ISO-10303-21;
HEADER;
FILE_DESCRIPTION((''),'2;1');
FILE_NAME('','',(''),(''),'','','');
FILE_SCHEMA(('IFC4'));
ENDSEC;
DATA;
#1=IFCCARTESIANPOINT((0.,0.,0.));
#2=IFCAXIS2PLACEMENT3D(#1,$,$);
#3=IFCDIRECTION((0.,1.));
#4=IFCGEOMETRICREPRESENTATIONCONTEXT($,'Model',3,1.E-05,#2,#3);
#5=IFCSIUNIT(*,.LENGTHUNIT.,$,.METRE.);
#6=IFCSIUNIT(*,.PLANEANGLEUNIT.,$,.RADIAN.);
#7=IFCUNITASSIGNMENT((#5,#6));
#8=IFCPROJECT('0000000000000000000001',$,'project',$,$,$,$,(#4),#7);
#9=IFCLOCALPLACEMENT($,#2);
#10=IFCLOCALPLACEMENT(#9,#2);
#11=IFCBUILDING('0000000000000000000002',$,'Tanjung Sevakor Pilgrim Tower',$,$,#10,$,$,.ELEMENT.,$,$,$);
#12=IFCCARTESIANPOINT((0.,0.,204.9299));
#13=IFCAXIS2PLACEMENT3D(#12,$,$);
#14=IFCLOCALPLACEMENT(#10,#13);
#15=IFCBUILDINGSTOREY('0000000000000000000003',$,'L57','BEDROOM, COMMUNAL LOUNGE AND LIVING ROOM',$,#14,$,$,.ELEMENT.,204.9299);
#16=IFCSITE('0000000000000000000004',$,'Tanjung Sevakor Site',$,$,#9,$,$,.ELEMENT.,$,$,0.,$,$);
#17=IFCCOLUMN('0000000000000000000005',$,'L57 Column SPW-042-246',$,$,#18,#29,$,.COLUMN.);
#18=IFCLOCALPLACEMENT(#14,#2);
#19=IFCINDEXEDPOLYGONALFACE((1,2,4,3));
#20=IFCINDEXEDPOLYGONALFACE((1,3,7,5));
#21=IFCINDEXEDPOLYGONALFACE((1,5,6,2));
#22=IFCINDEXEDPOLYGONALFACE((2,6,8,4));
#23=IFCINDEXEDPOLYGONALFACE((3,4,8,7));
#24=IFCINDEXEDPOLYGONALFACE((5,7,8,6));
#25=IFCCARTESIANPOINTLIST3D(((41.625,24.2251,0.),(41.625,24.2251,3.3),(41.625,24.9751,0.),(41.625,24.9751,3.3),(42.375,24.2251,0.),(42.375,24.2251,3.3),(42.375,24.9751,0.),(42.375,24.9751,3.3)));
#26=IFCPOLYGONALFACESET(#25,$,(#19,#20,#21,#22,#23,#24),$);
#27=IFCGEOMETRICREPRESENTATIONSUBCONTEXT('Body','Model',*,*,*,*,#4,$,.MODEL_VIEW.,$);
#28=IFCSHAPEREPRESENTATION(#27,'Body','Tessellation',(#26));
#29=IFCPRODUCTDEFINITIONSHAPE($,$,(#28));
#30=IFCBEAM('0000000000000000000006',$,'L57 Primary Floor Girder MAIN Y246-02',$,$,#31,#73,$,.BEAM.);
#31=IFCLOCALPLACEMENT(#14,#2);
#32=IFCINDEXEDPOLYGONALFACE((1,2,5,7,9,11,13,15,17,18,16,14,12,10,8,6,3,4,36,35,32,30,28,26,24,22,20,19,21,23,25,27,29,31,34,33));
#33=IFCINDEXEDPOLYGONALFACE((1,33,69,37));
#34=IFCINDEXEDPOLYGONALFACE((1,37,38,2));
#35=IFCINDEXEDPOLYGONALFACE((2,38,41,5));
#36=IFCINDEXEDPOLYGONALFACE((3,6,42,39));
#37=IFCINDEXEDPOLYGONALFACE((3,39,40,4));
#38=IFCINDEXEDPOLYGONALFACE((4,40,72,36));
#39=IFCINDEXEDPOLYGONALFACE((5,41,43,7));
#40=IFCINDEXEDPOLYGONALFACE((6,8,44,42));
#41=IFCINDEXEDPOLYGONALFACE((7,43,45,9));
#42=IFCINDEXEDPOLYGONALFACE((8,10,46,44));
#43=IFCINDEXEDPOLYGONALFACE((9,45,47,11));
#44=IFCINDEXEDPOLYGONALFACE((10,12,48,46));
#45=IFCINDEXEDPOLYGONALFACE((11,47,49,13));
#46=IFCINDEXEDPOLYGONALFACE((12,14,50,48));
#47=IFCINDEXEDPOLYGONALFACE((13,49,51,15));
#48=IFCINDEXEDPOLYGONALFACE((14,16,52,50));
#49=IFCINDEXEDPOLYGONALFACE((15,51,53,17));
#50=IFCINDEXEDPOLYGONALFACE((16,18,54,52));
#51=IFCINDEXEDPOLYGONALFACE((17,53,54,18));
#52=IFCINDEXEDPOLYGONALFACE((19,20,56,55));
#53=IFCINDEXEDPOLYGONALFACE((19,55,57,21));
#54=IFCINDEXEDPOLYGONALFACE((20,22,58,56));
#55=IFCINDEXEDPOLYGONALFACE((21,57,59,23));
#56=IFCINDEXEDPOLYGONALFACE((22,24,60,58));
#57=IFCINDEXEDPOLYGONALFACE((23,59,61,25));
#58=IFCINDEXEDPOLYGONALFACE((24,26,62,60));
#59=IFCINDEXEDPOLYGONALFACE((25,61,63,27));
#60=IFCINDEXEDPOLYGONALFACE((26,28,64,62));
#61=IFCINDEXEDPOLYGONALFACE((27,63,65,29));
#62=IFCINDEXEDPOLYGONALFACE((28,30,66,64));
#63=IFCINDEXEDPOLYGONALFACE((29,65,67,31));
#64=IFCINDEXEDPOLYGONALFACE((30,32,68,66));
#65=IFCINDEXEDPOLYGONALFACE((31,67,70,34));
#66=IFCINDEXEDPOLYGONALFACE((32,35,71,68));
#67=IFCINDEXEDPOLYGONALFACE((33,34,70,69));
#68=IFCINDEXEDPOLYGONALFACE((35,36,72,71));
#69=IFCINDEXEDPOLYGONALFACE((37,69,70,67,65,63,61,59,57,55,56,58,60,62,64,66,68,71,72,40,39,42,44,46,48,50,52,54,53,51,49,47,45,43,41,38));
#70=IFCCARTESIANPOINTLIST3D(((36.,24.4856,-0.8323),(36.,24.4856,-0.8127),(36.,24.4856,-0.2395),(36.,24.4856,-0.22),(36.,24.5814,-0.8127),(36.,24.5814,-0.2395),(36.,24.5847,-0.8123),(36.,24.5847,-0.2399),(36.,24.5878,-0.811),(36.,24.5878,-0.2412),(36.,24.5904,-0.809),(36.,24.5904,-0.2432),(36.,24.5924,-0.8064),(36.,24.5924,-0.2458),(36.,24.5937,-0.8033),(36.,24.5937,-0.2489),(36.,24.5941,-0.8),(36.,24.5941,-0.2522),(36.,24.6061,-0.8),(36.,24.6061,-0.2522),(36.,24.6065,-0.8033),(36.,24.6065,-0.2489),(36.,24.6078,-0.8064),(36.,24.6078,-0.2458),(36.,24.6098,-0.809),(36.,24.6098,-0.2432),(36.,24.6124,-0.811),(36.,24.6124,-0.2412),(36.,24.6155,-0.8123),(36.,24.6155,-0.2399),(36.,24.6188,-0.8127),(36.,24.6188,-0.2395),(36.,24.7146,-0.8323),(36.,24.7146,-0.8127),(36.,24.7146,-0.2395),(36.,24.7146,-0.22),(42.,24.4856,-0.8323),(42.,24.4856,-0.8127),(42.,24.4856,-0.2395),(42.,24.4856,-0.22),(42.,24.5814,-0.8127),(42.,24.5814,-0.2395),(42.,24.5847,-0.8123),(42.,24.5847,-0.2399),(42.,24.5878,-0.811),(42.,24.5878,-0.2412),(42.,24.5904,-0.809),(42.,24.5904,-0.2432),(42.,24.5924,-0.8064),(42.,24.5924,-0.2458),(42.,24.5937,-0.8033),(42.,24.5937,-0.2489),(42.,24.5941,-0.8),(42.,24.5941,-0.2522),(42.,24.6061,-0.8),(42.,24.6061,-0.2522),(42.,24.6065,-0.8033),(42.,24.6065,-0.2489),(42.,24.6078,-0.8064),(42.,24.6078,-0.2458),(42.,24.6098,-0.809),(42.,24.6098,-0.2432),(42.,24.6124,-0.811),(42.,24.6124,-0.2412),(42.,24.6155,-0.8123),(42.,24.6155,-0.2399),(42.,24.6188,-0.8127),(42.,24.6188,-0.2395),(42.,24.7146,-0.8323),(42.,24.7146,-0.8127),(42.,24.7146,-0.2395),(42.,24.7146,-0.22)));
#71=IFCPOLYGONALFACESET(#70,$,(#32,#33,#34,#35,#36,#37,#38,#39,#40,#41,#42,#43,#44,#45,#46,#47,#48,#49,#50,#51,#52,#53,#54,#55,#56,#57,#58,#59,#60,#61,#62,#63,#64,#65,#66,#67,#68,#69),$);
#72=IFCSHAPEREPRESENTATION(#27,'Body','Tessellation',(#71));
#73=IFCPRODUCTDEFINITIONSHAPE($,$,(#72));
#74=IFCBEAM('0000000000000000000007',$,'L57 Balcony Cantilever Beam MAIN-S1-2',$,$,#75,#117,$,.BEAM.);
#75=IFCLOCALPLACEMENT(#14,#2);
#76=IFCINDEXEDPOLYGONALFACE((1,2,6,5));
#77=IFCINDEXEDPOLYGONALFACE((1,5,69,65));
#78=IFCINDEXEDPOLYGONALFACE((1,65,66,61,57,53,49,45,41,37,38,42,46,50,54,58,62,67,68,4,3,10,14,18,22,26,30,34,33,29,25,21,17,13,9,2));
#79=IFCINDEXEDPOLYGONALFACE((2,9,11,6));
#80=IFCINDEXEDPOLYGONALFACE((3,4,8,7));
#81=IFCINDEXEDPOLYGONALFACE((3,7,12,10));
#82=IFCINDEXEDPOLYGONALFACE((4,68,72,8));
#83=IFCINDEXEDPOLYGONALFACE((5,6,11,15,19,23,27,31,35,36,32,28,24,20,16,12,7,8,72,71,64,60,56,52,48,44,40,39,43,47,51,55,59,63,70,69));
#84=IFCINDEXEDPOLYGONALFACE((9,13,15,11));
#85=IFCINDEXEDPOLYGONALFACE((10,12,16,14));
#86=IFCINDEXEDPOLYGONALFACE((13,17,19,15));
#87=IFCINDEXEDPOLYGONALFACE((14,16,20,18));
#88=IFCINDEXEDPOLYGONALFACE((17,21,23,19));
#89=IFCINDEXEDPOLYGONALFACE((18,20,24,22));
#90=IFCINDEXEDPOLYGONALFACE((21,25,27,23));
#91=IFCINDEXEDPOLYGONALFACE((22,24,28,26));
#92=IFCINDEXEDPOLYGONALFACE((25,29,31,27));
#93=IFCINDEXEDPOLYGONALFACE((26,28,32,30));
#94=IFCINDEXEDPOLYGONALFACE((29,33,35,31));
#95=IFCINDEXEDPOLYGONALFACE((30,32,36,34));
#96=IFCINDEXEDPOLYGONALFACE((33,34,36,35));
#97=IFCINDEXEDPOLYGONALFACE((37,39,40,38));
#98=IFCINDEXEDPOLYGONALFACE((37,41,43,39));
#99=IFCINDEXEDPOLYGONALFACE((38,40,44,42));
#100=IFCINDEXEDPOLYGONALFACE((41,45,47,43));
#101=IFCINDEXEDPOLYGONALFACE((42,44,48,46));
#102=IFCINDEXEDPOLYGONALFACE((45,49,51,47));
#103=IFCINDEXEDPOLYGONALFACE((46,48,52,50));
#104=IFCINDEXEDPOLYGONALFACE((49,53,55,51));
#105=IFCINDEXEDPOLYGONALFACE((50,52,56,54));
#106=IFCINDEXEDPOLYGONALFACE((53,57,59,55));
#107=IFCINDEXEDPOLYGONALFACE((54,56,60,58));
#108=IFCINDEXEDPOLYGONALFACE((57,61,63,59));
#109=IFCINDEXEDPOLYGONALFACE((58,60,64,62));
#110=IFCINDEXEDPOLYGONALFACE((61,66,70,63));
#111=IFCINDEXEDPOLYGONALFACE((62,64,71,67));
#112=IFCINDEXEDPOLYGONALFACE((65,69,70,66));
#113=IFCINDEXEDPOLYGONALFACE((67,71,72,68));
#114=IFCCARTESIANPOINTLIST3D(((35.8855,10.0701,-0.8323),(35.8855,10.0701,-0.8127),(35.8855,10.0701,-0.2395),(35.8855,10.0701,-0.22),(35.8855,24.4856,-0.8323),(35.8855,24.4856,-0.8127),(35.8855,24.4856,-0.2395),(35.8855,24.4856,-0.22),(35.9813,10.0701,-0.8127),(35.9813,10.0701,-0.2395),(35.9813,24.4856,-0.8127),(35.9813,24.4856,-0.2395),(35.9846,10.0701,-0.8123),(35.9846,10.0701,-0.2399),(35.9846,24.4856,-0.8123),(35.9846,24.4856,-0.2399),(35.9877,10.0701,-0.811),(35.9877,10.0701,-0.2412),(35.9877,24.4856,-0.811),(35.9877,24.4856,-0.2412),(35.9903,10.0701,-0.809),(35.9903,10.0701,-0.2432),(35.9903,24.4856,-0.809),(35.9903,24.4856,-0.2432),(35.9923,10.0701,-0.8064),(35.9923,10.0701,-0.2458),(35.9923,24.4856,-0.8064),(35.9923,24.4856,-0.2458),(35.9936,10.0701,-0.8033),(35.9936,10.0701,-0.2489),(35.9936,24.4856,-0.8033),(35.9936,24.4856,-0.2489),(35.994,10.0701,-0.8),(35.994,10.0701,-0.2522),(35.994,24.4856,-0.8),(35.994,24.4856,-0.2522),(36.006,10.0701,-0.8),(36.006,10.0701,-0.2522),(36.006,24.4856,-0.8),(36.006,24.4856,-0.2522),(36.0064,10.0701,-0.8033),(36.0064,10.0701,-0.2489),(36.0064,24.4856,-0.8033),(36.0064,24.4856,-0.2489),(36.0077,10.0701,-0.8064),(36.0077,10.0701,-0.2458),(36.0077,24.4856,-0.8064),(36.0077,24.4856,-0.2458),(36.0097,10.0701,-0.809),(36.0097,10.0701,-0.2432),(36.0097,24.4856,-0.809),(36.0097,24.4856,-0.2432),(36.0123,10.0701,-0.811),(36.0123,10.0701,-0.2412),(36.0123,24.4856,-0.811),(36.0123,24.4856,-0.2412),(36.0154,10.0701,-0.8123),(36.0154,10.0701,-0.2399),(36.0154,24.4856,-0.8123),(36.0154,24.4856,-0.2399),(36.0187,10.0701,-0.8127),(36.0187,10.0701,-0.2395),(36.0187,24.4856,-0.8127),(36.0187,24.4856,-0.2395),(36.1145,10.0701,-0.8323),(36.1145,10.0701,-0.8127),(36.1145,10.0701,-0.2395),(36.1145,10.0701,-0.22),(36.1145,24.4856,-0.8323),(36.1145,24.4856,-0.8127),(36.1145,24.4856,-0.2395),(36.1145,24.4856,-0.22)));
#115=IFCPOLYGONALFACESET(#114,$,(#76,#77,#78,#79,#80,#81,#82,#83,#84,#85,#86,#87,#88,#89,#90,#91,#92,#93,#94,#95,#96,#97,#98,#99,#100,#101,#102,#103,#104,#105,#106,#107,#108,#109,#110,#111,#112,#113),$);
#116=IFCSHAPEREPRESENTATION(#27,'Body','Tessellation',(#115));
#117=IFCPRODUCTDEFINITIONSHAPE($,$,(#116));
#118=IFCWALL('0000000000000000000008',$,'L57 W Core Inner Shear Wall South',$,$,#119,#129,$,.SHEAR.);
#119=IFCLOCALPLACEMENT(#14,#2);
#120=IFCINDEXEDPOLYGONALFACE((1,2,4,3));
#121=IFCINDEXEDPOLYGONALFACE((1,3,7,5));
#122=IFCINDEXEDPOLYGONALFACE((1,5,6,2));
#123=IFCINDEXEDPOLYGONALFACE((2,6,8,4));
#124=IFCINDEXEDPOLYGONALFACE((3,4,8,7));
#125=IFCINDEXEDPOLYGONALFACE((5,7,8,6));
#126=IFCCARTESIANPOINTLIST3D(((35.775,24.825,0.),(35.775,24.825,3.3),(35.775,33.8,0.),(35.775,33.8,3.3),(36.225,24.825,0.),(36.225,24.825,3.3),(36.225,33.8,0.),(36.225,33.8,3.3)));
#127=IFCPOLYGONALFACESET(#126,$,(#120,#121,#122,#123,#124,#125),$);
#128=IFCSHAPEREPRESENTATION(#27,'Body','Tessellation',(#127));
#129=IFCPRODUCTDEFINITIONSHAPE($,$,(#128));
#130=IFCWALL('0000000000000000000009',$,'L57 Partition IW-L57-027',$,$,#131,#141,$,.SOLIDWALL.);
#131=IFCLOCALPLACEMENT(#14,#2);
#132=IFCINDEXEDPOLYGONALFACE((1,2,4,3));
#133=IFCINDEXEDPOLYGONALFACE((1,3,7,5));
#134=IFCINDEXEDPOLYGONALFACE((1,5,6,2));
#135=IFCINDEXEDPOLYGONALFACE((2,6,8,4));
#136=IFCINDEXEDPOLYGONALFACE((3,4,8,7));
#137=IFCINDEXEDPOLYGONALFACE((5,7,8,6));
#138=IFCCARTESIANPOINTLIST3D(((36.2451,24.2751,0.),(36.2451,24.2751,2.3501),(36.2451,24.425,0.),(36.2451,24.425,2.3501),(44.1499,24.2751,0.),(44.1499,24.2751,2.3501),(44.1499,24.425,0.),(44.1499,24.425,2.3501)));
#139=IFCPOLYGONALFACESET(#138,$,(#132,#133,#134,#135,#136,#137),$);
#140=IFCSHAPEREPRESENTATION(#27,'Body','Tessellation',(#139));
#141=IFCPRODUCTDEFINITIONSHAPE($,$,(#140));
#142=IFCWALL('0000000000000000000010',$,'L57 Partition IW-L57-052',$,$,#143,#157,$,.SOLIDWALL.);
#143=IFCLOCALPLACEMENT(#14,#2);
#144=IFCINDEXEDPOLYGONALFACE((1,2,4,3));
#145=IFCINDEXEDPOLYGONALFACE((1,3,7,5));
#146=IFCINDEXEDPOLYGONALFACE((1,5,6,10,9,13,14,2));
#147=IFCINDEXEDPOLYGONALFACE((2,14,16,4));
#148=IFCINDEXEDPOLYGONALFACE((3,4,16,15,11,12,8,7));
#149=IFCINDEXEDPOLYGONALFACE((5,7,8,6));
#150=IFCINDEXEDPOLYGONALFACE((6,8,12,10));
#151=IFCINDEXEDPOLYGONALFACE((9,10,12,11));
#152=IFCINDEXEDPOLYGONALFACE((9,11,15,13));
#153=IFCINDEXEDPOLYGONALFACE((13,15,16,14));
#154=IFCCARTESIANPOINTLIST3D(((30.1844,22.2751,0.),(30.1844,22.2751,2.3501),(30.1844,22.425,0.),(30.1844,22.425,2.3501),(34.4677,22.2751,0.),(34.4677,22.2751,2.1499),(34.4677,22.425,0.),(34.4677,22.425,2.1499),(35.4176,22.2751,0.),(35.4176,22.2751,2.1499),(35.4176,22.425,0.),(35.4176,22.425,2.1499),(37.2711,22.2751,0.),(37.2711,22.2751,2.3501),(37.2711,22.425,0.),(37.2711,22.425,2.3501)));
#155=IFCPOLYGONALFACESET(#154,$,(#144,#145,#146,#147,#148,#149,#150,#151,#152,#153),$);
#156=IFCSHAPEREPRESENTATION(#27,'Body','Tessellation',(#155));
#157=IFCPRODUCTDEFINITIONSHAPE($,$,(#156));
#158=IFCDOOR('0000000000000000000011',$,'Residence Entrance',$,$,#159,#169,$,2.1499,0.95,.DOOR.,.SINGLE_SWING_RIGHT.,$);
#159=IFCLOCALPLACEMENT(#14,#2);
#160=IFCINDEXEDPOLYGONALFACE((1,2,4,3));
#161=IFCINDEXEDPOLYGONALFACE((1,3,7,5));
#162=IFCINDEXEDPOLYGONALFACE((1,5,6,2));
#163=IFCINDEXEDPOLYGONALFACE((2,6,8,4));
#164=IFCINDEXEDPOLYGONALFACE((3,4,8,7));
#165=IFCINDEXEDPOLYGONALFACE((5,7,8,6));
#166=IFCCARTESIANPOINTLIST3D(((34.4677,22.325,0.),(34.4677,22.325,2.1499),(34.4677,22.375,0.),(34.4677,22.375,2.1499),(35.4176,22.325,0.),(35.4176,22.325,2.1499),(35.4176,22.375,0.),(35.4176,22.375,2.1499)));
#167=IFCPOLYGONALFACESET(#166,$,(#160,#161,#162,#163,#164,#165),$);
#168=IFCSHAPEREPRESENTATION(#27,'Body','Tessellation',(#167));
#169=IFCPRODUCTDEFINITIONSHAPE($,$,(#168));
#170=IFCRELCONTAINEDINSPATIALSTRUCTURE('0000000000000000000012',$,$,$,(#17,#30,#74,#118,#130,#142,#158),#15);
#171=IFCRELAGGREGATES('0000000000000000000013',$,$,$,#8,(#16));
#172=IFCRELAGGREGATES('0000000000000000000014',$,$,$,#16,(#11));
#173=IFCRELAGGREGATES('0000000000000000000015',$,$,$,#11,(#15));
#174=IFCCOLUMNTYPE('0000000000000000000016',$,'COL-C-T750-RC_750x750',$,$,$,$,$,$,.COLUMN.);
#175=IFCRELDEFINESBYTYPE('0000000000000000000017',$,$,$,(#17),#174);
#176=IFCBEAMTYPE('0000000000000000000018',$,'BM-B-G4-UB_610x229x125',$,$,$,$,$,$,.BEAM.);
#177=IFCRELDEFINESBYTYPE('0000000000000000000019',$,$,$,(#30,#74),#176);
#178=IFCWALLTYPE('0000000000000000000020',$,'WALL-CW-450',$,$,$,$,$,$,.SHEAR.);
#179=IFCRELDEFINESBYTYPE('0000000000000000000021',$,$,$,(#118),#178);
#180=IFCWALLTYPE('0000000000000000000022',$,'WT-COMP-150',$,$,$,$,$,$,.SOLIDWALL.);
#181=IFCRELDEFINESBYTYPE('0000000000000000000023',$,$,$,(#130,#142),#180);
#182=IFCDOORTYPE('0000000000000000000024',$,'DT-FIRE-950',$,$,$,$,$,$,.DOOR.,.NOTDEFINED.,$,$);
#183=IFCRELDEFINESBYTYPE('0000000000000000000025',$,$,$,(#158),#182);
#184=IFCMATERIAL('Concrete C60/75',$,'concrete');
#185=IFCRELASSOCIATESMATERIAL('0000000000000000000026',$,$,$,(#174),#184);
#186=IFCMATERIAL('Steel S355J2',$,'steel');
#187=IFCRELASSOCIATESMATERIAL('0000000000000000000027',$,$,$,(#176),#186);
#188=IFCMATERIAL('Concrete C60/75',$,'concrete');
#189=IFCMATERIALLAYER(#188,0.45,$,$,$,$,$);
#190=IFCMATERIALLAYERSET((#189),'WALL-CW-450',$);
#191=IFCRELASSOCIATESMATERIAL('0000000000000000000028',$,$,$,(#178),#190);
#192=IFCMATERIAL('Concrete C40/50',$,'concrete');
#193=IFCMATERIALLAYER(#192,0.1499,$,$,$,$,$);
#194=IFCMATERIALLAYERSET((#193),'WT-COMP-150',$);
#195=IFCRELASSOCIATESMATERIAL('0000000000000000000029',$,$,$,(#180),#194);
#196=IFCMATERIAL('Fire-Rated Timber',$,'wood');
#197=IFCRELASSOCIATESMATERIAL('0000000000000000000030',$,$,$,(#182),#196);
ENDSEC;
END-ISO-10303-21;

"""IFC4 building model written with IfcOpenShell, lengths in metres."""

from ifc_helpers import new_model, si_unit, direction, frame, frame_2d, origin, origin_2d, place, context, subcontext, project, spatial, rectangle, i_section, extrude, material, layer, layer_set, material_profile, profile_set, type_object, element, fill, save


model = new_model("IFC4")

# Units and contexts
model_context = context("Model", 3, precision=1e-05, world=origin(), true_north=direction((0.0, 1.0)))
body_context = subcontext(model_context, "Body", "Model", "MODEL_VIEW")
ifc_project = project(units=[si_unit("LENGTHUNIT", "METRE"), si_unit("PLANEANGLEUNIT", "RADIAN")], contexts=[model_context])

# Site, building, storey
site_placement = place(None, origin())
site = spatial("IfcSite", under=ifc_project, at=site_placement, Name="Tanjung Sevakor Site", CompositionType="ELEMENT", RefElevation=0.0)
building_placement = place(site_placement, origin())
building = spatial("IfcBuilding", under=site, at=building_placement, Name="Tanjung Sevakor Pilgrim Tower", CompositionType="ELEMENT")
storey_placement = place(building_placement, frame((0.0, 0.0, 204.9299)))
storey = spatial("IfcBuildingStorey", under=building, at=storey_placement, Name="L57", Description="BEDROOM, COMMUNAL LOUNGE AND LIVING ROOM", CompositionType="ELEMENT", Elevation=204.9299)

# Column
ifc_material_1 = material(Name="Concrete C60/75", Category="concrete")
ifc_material_profile_1 = material_profile(ifc_material_1, rectangle(XDim=0.75, YDim=0.75, at=origin_2d()))
ifc_profile_set_1 = profile_set([ifc_material_profile_1], Name="Concrete C60/75")
column_type = type_object("IfcColumnType", Name="COL-C-T750-RC_750x750", PredefinedType="COLUMN", material=ifc_profile_set_1)
column_placement = place(storey_placement, frame((42.0, 24.6001, 0.0), z_axis=(0.0, 0.0, 1.0), x_axis=(1.0, 0.0, 0.0)))
element("IfcColumn", 1, at=column_placement, inside=storey, type_object=column_type, Name="L57 Column SPW-042-246", PredefinedType="COLUMN", context=body_context, shape_type="SweptSolid", body=[
    extrude(rectangle(XDim=0.75, YDim=0.75, at=origin_2d()), origin(), (0.0, 0.0, 1.0), 3.3),
])

# Beams
ifc_material_2 = material(Name="Steel S355J2", Category="steel")
ifc_material_profile_2 = material_profile(ifc_material_2, i_section(OverallWidth=0.229, OverallDepth=0.6123, WebThickness=0.012, FlangeThickness=0.0195, FilletRadius=0.0127, at=origin_2d()))
ifc_profile_set_2 = profile_set([ifc_material_profile_2], Name="Steel S355J2")
beam_type = type_object("IfcBeamType", Name="BM-B-G4-UB_610x229x125", PredefinedType="BEAM", material=ifc_profile_set_2)
beam_1_placement = place(storey_placement, frame((36.0, 24.6001, -0.5261), z_axis=(1.0, 0.0, 0.0), x_axis=(0.0, 1.0, 0.0)))
element("IfcBeam", 2, at=beam_1_placement, inside=storey, type_object=beam_type, Name="L57 Primary Floor Girder MAIN Y246-02", PredefinedType="BEAM", context=body_context, shape_type="SweptSolid", body=[
    extrude(i_section(OverallWidth=0.229, OverallDepth=0.6123, WebThickness=0.012, FlangeThickness=0.0195, FilletRadius=0.0127, at=origin_2d()), origin(), (0.0, 0.0, 1.0), 6.0),
])
beam_2_placement = place(storey_placement, frame((36.0, 24.4856, -0.5261), z_axis=(0.0, -1.0, 0.0), x_axis=(1.0, 0.0, 0.0)))
element("IfcBeam", 3, at=beam_2_placement, inside=storey, type_object=beam_type, Name="L57 Balcony Cantilever Beam MAIN-S1-2", PredefinedType="BEAM", context=body_context, shape_type="SweptSolid", body=[
    extrude(i_section(OverallWidth=0.229, OverallDepth=0.6123, WebThickness=0.012, FlangeThickness=0.0195, FilletRadius=0.0127, at=origin_2d()), origin(), (0.0, 0.0, 1.0), 14.4155),
])

# Wall
ifc_material_3 = material(Name="Concrete C60/75", Category="concrete")
ifc_layer_1 = layer(ifc_material_3, 0.45)
ifc_layer_set_1 = layer_set([ifc_layer_1], Name="WALL-CW-450")
wall_type_1 = type_object("IfcWallType", Name="WALL-CW-450", PredefinedType="SHEAR", material=ifc_layer_set_1)
wall_1_placement = place(storey_placement, frame((36.0, 24.825, 0.0), z_axis=(0.0, 0.0, 1.0), x_axis=(0.0, 1.0, 0.0)))
element("IfcWall", 4, at=wall_1_placement, inside=storey, type_object=wall_type_1, Name="L57 W Core Inner Shear Wall South", PredefinedType="SHEAR", context=body_context, shape_type="SweptSolid", body=[
    extrude(rectangle(XDim=8.9751, YDim=0.45, at=frame_2d((4.4875, 0.0))), origin(), (0.0, 0.0, 1.0), 3.3),
])

# Shared definitions
ifc_material_4 = material(Name="Concrete C40/50", Category="concrete")
ifc_layer_2 = layer(ifc_material_4, 0.1499)
ifc_layer_set_2 = layer_set([ifc_layer_2], Name="WT-COMP-150")
wall_type_2 = type_object("IfcWallType", Name="WT-COMP-150", PredefinedType="SOLIDWALL", material=ifc_layer_set_2)
ifc_material_5 = material(Name="Fire-Rated Timber", Category="wood")
door_type_1 = type_object("IfcDoorType", Name="DT-FIRE-950", OperationType="NOTDEFINED", PredefinedType="DOOR", material=ifc_material_5)

# Wall
wall_2_placement = place(storey_placement, frame((36.2451, 24.3501, 0.0), z_axis=(0.0, 0.0, 1.0), x_axis=(1.0, 0.0, 0.0)))
element("IfcWall", 5, at=wall_2_placement, inside=storey, type_object=wall_type_2, Name="L57 Partition IW-L57-027", PredefinedType="SOLIDWALL", context=body_context, shape_type="SweptSolid", body=[
    extrude(rectangle(XDim=7.9048, YDim=0.1499, at=frame_2d((3.9524, 0.0))), origin(), (0.0, 0.0, 1.0), 2.3501),
])

# Wall, opening, door
wall_3_placement = place(storey_placement, frame((30.1843, 22.3501, 0.0), z_axis=(0.0, 0.0, 1.0), x_axis=(1.0, 0.0, 0.0)))
wall_3 = element("IfcWall", 6, at=wall_3_placement, inside=storey, type_object=wall_type_2, Name="L57 Partition IW-L57-052", PredefinedType="SOLIDWALL", context=body_context, shape_type="SweptSolid", body=[
    extrude(rectangle(XDim=7.0867, YDim=0.1499, at=frame_2d((3.5435, 0.0))), origin(), (0.0, 0.0, 1.0), 2.3501),
])
opening_1_placement = place(wall_3_placement, frame((4.2832, 0.0, 0.0)))
opening_1 = element("IfcOpeningElement", 7, at=opening_1_placement, cuts=wall_3, PredefinedType="OPENING", context=body_context, shape_type="SweptSolid", body=[
    extrude(rectangle(XDim=0.95, YDim=2.1499, at=frame_2d((0.4751, 1.075))), frame((0.0, 0.085, 0.0), z_axis=(0.0, -1.0, 0.0), x_axis=(1.0, 0.0, 0.0)), (0.0, 0.0, 1.0), 0.1699),
])
door_1_placement = place(opening_1_placement, origin())
door_1 = element("IfcDoor", 8, at=door_1_placement, inside=storey, type_object=door_type_1, Name="Residence Entrance", OperationType="SINGLE_SWING_RIGHT", OverallHeight=2.1499, OverallWidth=0.95, PredefinedType="DOOR", context=body_context, shape_type="SweptSolid", body=[
    extrude(rectangle(XDim=0.95, YDim=2.1499, at=frame_2d((0.4751, 1.075))), frame((0.0, 0.0249, 0.0), z_axis=(0.0, -1.0, 0.0), x_axis=(1.0, 0.0, 0.0)), (0.0, 0.0, 1.0), 0.05),
])
fill(opening_1, door_1)

save(model, "model.ifc")
